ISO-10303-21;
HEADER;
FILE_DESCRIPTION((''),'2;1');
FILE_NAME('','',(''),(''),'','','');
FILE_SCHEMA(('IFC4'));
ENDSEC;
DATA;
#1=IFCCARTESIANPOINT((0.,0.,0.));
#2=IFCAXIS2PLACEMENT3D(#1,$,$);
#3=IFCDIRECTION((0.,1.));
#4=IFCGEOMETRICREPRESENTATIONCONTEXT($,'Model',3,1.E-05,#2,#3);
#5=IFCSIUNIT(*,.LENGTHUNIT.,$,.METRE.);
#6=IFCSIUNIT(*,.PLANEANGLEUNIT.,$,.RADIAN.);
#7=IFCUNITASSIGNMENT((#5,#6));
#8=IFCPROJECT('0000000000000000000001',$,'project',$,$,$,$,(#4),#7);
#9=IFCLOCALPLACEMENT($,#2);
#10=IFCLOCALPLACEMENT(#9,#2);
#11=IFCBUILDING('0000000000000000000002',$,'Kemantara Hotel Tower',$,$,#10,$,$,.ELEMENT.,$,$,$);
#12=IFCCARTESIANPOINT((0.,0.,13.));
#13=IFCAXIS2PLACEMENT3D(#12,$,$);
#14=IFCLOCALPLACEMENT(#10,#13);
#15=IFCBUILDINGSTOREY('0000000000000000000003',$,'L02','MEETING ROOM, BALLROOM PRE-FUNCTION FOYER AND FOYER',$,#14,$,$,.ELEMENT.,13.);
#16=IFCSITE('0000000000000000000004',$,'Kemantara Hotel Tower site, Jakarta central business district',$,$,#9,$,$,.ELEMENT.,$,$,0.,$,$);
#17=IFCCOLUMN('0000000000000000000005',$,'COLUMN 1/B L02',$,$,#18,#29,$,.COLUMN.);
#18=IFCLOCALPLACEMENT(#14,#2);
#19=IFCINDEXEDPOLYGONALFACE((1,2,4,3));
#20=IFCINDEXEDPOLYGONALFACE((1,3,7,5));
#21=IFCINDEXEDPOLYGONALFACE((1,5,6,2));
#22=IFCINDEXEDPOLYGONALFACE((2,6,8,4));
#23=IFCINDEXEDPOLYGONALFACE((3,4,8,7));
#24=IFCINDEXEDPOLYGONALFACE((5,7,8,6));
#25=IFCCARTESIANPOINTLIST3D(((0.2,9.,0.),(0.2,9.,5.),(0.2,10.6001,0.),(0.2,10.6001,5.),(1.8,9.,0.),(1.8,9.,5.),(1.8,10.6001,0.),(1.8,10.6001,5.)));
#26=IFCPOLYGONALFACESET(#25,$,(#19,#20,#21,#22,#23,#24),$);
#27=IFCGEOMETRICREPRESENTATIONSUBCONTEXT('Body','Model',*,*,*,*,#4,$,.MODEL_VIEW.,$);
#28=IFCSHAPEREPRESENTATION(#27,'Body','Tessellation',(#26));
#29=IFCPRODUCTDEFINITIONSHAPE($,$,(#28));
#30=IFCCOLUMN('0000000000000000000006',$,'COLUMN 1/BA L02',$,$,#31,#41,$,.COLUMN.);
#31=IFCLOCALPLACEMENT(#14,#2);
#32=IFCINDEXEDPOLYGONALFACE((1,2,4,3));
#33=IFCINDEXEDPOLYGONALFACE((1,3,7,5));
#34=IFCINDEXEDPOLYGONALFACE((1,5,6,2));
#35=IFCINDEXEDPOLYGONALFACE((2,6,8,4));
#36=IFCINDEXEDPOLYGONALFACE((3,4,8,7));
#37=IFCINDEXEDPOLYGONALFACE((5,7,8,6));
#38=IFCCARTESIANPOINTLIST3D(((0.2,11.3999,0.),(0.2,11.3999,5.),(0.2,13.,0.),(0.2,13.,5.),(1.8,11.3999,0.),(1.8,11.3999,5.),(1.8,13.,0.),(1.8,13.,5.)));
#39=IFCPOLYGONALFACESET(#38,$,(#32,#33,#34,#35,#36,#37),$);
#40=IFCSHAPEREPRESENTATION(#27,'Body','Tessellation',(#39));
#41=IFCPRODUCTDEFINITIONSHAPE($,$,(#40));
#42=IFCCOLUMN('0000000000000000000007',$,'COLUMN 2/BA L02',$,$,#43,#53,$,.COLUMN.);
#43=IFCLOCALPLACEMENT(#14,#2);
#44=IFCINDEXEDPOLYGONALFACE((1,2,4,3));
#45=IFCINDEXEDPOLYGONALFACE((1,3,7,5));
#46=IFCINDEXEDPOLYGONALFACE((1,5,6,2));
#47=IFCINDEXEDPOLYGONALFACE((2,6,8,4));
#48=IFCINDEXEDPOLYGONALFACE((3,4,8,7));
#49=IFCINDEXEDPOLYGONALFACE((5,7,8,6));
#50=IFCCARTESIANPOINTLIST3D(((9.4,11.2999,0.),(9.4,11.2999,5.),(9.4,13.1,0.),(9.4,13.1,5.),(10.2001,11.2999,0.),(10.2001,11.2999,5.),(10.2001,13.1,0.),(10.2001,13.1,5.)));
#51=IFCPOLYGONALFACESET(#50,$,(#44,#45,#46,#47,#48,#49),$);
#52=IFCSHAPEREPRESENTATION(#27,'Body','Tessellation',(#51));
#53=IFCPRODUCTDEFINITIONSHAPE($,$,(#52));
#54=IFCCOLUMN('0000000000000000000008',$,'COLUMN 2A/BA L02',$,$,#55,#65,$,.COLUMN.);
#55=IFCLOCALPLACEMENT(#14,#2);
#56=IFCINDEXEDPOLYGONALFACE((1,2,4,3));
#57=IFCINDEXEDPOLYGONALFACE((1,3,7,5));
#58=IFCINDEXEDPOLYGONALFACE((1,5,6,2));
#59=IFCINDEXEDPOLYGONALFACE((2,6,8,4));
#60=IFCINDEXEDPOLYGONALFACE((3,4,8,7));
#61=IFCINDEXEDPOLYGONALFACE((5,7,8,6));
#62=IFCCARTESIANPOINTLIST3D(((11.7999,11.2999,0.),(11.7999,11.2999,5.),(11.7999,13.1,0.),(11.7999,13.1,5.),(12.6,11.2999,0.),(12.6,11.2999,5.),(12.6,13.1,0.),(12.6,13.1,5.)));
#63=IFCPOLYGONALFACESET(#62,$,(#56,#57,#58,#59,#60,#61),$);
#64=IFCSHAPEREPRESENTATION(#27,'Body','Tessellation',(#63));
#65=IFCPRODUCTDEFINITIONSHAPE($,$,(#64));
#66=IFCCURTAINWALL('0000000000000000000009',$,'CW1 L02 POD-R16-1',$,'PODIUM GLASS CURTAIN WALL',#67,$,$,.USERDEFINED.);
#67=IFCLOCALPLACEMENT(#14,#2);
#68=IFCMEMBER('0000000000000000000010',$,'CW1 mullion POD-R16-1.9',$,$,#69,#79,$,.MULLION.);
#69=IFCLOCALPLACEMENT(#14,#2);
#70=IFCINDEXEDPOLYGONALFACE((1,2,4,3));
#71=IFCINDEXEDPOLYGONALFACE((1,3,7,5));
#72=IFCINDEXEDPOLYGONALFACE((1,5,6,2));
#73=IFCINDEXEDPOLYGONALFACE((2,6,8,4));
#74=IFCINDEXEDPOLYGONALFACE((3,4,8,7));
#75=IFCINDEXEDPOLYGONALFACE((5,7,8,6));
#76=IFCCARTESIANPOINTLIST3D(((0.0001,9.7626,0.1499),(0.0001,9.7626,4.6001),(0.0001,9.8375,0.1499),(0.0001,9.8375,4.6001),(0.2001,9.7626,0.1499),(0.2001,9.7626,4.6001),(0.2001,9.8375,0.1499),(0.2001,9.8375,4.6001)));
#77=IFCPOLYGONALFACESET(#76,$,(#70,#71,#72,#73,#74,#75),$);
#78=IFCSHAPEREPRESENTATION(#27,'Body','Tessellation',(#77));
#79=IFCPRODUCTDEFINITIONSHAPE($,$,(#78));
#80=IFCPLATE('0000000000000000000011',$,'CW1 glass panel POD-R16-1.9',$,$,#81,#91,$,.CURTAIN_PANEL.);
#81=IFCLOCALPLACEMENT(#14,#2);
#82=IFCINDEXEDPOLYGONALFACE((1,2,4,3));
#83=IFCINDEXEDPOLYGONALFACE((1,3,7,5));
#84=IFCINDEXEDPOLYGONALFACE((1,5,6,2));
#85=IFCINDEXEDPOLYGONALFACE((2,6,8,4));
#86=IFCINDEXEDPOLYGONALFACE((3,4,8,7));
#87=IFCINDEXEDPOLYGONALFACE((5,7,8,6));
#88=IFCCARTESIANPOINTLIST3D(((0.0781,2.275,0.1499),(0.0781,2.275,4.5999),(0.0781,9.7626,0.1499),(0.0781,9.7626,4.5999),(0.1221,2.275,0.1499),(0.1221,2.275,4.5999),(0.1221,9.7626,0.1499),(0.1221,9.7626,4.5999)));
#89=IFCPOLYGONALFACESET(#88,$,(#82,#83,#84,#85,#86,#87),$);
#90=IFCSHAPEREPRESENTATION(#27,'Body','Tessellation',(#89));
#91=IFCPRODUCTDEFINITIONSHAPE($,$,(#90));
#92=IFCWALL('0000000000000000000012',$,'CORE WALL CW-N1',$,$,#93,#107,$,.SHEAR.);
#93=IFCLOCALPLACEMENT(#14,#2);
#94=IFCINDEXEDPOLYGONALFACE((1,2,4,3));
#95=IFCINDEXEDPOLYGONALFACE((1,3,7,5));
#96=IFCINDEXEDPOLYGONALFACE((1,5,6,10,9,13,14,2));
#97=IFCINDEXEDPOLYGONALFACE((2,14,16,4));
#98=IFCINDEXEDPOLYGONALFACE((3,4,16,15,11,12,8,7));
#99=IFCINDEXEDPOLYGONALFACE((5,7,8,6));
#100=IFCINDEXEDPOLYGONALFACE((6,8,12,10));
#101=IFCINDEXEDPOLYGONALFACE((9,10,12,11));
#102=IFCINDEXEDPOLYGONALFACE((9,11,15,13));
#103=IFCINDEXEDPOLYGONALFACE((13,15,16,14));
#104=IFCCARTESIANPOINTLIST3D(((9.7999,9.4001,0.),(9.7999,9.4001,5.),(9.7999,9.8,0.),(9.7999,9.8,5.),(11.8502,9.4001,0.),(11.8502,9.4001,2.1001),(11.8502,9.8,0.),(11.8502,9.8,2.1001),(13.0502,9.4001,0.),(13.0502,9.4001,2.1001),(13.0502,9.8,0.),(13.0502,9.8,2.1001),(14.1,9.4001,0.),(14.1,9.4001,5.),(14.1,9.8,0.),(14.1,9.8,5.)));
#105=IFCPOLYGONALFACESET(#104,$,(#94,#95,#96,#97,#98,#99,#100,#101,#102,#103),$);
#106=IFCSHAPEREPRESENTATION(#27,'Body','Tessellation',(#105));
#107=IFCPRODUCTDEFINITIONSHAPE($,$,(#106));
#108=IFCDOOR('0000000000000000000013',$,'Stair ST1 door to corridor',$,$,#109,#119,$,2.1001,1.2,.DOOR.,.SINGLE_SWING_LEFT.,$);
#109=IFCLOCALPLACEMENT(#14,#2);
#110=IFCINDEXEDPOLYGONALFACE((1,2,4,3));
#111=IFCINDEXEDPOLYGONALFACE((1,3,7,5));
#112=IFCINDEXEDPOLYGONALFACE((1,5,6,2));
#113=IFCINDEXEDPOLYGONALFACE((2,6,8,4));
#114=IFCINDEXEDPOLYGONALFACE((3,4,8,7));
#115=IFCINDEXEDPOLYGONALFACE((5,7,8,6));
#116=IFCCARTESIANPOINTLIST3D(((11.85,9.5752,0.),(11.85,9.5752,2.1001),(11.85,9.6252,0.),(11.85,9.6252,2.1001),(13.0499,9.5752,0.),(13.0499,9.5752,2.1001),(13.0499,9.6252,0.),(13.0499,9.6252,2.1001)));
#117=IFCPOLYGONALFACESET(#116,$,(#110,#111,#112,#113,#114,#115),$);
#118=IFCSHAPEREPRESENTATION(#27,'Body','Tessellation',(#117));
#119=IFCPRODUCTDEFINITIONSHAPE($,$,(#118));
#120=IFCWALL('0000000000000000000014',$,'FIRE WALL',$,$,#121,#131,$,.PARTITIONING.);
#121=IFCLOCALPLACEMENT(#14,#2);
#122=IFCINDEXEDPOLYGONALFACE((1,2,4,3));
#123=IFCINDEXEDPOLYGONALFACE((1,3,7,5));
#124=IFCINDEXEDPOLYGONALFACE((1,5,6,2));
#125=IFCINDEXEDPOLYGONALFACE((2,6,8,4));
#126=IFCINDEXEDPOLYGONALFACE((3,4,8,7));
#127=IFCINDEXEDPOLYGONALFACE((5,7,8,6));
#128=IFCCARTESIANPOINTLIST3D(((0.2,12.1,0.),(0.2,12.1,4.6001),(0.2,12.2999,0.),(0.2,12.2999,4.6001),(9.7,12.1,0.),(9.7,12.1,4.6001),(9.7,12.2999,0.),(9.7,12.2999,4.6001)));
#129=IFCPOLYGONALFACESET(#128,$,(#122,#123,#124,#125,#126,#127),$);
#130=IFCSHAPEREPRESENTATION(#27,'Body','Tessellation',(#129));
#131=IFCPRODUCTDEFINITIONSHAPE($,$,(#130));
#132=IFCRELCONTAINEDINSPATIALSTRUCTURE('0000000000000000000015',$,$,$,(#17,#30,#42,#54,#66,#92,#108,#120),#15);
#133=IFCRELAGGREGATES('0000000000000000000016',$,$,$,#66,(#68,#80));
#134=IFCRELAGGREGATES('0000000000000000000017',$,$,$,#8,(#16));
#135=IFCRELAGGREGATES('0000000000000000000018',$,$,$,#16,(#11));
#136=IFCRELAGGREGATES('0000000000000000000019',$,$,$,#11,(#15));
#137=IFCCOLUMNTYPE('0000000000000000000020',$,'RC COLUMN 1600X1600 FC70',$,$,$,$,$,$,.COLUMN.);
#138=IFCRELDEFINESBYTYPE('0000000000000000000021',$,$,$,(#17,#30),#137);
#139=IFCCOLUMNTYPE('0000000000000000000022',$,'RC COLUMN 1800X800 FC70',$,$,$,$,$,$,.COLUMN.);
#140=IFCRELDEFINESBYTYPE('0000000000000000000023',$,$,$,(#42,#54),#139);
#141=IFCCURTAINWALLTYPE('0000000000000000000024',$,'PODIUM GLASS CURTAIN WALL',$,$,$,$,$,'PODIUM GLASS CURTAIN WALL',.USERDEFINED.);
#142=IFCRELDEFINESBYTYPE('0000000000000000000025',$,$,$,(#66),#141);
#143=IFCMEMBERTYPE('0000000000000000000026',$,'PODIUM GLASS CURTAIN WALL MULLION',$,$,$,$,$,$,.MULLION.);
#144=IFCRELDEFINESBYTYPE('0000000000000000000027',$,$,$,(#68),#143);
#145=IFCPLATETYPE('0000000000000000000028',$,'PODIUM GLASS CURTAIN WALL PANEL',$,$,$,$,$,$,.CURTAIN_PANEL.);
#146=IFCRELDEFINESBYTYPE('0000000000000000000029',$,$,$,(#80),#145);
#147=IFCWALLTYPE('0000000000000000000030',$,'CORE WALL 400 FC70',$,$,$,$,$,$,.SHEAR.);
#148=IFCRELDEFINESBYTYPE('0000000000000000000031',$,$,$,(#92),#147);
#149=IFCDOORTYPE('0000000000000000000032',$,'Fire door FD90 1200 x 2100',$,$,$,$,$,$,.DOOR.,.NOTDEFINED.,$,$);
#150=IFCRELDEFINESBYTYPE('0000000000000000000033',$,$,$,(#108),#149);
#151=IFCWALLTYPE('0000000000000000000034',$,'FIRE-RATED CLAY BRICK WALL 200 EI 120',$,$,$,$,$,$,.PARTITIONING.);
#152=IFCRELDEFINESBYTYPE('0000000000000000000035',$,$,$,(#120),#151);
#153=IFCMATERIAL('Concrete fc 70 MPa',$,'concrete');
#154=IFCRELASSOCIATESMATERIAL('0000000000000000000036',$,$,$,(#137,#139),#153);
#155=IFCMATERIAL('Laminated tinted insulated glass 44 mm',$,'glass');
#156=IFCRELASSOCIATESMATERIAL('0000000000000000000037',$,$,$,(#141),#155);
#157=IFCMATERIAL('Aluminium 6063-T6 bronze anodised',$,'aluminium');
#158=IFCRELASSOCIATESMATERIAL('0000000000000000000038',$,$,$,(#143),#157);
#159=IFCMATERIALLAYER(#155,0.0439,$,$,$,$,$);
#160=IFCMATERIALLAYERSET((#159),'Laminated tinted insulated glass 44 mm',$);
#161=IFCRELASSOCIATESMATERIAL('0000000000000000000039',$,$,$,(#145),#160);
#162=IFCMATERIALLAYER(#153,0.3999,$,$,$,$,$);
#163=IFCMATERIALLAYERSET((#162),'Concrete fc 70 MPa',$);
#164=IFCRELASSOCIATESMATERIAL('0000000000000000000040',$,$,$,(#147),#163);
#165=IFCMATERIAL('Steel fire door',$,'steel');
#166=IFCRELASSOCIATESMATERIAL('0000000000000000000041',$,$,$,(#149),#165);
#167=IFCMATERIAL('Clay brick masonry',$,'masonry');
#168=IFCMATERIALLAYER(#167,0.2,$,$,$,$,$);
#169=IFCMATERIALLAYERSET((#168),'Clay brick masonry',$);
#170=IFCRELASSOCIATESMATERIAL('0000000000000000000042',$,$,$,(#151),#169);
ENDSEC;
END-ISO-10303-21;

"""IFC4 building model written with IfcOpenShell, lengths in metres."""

from ifc_helpers import new_model, si_unit, direction, frame, frame_2d, origin, origin_2d, place, context, subcontext, project, spatial, rectangle, extrude, source, transform, mapped, material, layer, layer_set, material_profile, profile_set, type_object, element, fill, aggregate, save


model = new_model("IFC4")

# Units and contexts
model_context = context("Model", 3, precision=1e-05, world=origin(), true_north=direction((0.0, 1.0)))
body_context = subcontext(model_context, "Body", "Model", "MODEL_VIEW")
ifc_project = project(units=[si_unit("LENGTHUNIT", "METRE"), si_unit("PLANEANGLEUNIT", "RADIAN")], contexts=[model_context])

# Site, building, storey
site_placement = place(None, origin())
site = spatial("IfcSite", under=ifc_project, at=site_placement, Name="Kemantara Hotel Tower site, Jakarta central business district", CompositionType="ELEMENT", RefElevation=0.0)
building_placement = place(site_placement, origin())
building = spatial("IfcBuilding", under=site, at=building_placement, Name="Kemantara Hotel Tower", CompositionType="ELEMENT")
storey_placement = place(building_placement, frame((0.0, 0.0, 13.0)))
storey = spatial("IfcBuildingStorey", under=building, at=storey_placement, Name="L02", Description="MEETING ROOM, BALLROOM PRE-FUNCTION FOYER AND FOYER", CompositionType="ELEMENT", Elevation=13.0)

# Columns
ifc_material_1 = material(Name="Concrete fc 70 MPa", Category="concrete")
ifc_material_profile_1 = material_profile(ifc_material_1, rectangle(XDim=1.6001, YDim=1.6001, at=origin_2d()), Name="RC 1600X1600")
ifc_profile_set_1 = profile_set([ifc_material_profile_1], Name="Concrete fc 70 MPa")
column_type_1 = type_object("IfcColumnType", Name="RC COLUMN 1600X1600 FC70", PredefinedType="COLUMN", material=ifc_profile_set_1)
for number, where, z_axis, x_axis, name in (
    (1, (1.0, 9.8, 0.0), (0.0, 0.0, 1.0), (1.0, 0.0, 0.0), "COLUMN 1/B L02"),
    (2, (1.0, 12.2, 0.0), (0.0, 0.0, 1.0), (1.0, 0.0, 0.0), "COLUMN 1/BA L02"),
):
    element("IfcColumn", number, at=place(storey_placement, frame(where, z_axis=z_axis, x_axis=x_axis)), inside=storey, type_object=column_type_1, Name=name, PredefinedType="COLUMN", context=body_context, shape_type="SweptSolid", body=[
        extrude(rectangle(XDim=1.6001, YDim=1.6001, at=origin_2d()), origin(), (0.0, 0.0, 1.0), 5.0),
    ])
ifc_material_profile_2 = material_profile(ifc_material_1, rectangle(XDim=1.8, YDim=0.8, at=origin_2d()), Name="RC 1800X800")
ifc_profile_set_2 = profile_set([ifc_material_profile_2], Name="Concrete fc 70 MPa")
column_type_2 = type_object("IfcColumnType", Name="RC COLUMN 1800X800 FC70", PredefinedType="COLUMN", material=ifc_profile_set_2)
for number, where, z_axis, x_axis, name in (
    (3, (9.8, 12.2, 0.0), (0.0, 0.0, 1.0), (0.0, 1.0, 0.0), "COLUMN 2/BA L02"),
    (4, (12.2, 12.2, 0.0), (0.0, 0.0, 1.0), (0.0, 1.0, 0.0), "COLUMN 2A/BA L02"),
):
    element("IfcColumn", number, at=place(storey_placement, frame(where, z_axis=z_axis, x_axis=x_axis)), inside=storey, type_object=column_type_2, Name=name, PredefinedType="COLUMN", context=body_context, shape_type="SweptSolid", body=[
        extrude(rectangle(XDim=1.8, YDim=0.8, at=origin_2d()), origin(), (0.0, 0.0, 1.0), 5.0),
    ])

# Curtain wall, member, plate
ifc_material_2 = material(Name="Laminated tinted insulated glass 44 mm", Category="glass")
curtain_wall_type = type_object("IfcCurtainWallType", Name="PODIUM GLASS CURTAIN WALL", ElementType="PODIUM GLASS CURTAIN WALL", PredefinedType="USERDEFINED", material=ifc_material_2)
curtain_wall_placement = place(storey_placement, origin())
curtain_wall = element("IfcCurtainWall", 5, at=curtain_wall_placement, inside=storey, type_object=curtain_wall_type, Name="CW1 L02 POD-R16-1", ObjectType="PODIUM GLASS CURTAIN WALL", PredefinedType="USERDEFINED")
ifc_material_3 = material(Name="Aluminium 6063-T6 bronze anodised", Category="aluminium")
ifc_material_profile_3 = material_profile(ifc_material_3, rectangle(XDim=0.2, YDim=0.075, at=origin_2d()), Name="PODIUM GLASS CURTAIN WALL MULLION")
ifc_profile_set_3 = profile_set([ifc_material_profile_3], Name="Aluminium 6063-T6 bronze anodised")
member_type = type_object("IfcMemberType", Name="PODIUM GLASS CURTAIN WALL MULLION", PredefinedType="MULLION", material=ifc_profile_set_3)
shared_shape_1 = source(origin(), body_context, "Body", "SweptSolid", [
    extrude(rectangle(XDim=0.2, YDim=0.075, at=origin_2d()), origin(), (0.0, 0.0, 1.0), 4.4502),
])
member_placement = place(storey_placement, frame((0.1001, 9.8, 0.1499), z_axis=(0.0, 0.0, 1.0), x_axis=(1.0, 0.0, 0.0)))
member = element("IfcMember", 6, at=member_placement, type_object=member_type, Name="CW1 mullion POD-R16-1.9", PredefinedType="MULLION", context=body_context, shape_type="MappedRepresentation", body=[
    mapped(shared_shape_1, transform((0.0, 0.0, 0.0))),
])
ifc_layer_1 = layer(ifc_material_2, 0.0439)
ifc_layer_set_1 = layer_set([ifc_layer_1], Name="Laminated tinted insulated glass 44 mm")
plate_type = type_object("IfcPlateType", Name="PODIUM GLASS CURTAIN WALL PANEL", PredefinedType="CURTAIN_PANEL", material=ifc_layer_set_1)
shared_shape_2 = source(origin(), body_context, "Body", "SweptSolid", [
    extrude(rectangle(XDim=7.4875, YDim=0.0439, at=origin_2d()), origin(), (0.0, 0.0, 1.0), 4.45),
])
plate_placement = place(storey_placement, frame((0.1001, 6.0188, 0.1499), z_axis=(0.0, 0.0, 1.0), x_axis=(0.0, -1.0, 0.0)))
plate = element("IfcPlate", 7, at=plate_placement, type_object=plate_type, Name="CW1 glass panel POD-R16-1.9", PredefinedType="CURTAIN_PANEL", context=body_context, shape_type="MappedRepresentation", body=[
    mapped(shared_shape_2, transform((0.0, 0.0, 0.0))),
])
aggregate(curtain_wall, [member, plate])

# Wall, opening, door
ifc_layer_2 = layer(ifc_material_1, 0.3999)
ifc_layer_set_2 = layer_set([ifc_layer_2], Name="Concrete fc 70 MPa")
wall_type_1 = type_object("IfcWallType", Name="CORE WALL 400 FC70", PredefinedType="SHEAR", material=ifc_layer_set_2)
wall_1_placement = place(storey_placement, frame((9.8, 9.6001, 0.0), z_axis=(0.0, 0.0, 1.0), x_axis=(1.0, 0.0, 0.0)))
wall_1 = element("IfcWall", 8, at=wall_1_placement, inside=storey, type_object=wall_type_1, Name="CORE WALL CW-N1", PredefinedType="SHEAR", context=body_context, shape_type="SweptSolid", body=[
    extrude(rectangle(XDim=4.3, YDim=0.3999, at=frame_2d((2.1499, 0.0))), origin(), (0.0, 0.0, 1.0), 5.0),
])
opening_1_placement = place(wall_1_placement, frame((2.05, 0.0, 0.0)))
opening_1 = element("IfcOpeningElement", 9, at=opening_1_placement, cuts=wall_1, PredefinedType="OPENING", context=body_context, shape_type="SweptSolid", body=[
    extrude(rectangle(XDim=1.2, YDim=2.1001, at=frame_2d((0.6001, 1.05))), frame((0.0, 0.21, 0.0), z_axis=(0.0, -1.0, 0.0), x_axis=(1.0, 0.0, 0.0)), (0.0, 0.0, 1.0), 0.4199),
])
ifc_material_4 = material(Name="Steel fire door", Category="steel")
door_type_1 = type_object("IfcDoorType", Name="Fire door FD90 1200 x 2100", OperationType="NOTDEFINED", PredefinedType="DOOR", material=ifc_material_4)
door_1_placement = place(opening_1_placement, frame((1.2, 0.0, 0.0), z_axis=(0.0, 0.0, 1.0), x_axis=(-1.0, 0.0, 0.0)))
door_1 = element("IfcDoor", 10, at=door_1_placement, inside=storey, type_object=door_type_1, Name="Stair ST1 door to corridor", OperationType="SINGLE_SWING_LEFT", OverallHeight=2.1001, OverallWidth=1.2, PredefinedType="DOOR", context=body_context, shape_type="SweptSolid", body=[
    extrude(rectangle(XDim=1.2, YDim=2.1001, at=frame_2d((0.6001, 1.05))), frame((0.0, 0.0249, 0.0), z_axis=(0.0, -1.0, 0.0), x_axis=(1.0, 0.0, 0.0)), (0.0, 0.0, 1.0), 0.05),
])
fill(opening_1, door_1)

# Wall
ifc_material_5 = material(Name="Clay brick masonry", Category="masonry")
ifc_layer_3 = layer(ifc_material_5, 0.2)
ifc_layer_set_3 = layer_set([ifc_layer_3], Name="Clay brick masonry")
wall_type_2 = type_object("IfcWallType", Name="FIRE-RATED CLAY BRICK WALL 200 EI 120", PredefinedType="PARTITIONING", material=ifc_layer_set_3)
wall_2_placement = place(storey_placement, frame((0.2, 12.2, 0.0), z_axis=(0.0, 0.0, 1.0), x_axis=(1.0, 0.0, 0.0)))
element("IfcWall", 11, at=wall_2_placement, inside=storey, type_object=wall_type_2, Name="FIRE WALL", PredefinedType="PARTITIONING", context=body_context, shape_type="SweptSolid", body=[
    extrude(rectangle(XDim=9.5, YDim=0.2, at=frame_2d((4.75, 0.0))), origin(), (0.0, 0.0, 1.0), 4.6001),
])

save(model, "model.ifc")
